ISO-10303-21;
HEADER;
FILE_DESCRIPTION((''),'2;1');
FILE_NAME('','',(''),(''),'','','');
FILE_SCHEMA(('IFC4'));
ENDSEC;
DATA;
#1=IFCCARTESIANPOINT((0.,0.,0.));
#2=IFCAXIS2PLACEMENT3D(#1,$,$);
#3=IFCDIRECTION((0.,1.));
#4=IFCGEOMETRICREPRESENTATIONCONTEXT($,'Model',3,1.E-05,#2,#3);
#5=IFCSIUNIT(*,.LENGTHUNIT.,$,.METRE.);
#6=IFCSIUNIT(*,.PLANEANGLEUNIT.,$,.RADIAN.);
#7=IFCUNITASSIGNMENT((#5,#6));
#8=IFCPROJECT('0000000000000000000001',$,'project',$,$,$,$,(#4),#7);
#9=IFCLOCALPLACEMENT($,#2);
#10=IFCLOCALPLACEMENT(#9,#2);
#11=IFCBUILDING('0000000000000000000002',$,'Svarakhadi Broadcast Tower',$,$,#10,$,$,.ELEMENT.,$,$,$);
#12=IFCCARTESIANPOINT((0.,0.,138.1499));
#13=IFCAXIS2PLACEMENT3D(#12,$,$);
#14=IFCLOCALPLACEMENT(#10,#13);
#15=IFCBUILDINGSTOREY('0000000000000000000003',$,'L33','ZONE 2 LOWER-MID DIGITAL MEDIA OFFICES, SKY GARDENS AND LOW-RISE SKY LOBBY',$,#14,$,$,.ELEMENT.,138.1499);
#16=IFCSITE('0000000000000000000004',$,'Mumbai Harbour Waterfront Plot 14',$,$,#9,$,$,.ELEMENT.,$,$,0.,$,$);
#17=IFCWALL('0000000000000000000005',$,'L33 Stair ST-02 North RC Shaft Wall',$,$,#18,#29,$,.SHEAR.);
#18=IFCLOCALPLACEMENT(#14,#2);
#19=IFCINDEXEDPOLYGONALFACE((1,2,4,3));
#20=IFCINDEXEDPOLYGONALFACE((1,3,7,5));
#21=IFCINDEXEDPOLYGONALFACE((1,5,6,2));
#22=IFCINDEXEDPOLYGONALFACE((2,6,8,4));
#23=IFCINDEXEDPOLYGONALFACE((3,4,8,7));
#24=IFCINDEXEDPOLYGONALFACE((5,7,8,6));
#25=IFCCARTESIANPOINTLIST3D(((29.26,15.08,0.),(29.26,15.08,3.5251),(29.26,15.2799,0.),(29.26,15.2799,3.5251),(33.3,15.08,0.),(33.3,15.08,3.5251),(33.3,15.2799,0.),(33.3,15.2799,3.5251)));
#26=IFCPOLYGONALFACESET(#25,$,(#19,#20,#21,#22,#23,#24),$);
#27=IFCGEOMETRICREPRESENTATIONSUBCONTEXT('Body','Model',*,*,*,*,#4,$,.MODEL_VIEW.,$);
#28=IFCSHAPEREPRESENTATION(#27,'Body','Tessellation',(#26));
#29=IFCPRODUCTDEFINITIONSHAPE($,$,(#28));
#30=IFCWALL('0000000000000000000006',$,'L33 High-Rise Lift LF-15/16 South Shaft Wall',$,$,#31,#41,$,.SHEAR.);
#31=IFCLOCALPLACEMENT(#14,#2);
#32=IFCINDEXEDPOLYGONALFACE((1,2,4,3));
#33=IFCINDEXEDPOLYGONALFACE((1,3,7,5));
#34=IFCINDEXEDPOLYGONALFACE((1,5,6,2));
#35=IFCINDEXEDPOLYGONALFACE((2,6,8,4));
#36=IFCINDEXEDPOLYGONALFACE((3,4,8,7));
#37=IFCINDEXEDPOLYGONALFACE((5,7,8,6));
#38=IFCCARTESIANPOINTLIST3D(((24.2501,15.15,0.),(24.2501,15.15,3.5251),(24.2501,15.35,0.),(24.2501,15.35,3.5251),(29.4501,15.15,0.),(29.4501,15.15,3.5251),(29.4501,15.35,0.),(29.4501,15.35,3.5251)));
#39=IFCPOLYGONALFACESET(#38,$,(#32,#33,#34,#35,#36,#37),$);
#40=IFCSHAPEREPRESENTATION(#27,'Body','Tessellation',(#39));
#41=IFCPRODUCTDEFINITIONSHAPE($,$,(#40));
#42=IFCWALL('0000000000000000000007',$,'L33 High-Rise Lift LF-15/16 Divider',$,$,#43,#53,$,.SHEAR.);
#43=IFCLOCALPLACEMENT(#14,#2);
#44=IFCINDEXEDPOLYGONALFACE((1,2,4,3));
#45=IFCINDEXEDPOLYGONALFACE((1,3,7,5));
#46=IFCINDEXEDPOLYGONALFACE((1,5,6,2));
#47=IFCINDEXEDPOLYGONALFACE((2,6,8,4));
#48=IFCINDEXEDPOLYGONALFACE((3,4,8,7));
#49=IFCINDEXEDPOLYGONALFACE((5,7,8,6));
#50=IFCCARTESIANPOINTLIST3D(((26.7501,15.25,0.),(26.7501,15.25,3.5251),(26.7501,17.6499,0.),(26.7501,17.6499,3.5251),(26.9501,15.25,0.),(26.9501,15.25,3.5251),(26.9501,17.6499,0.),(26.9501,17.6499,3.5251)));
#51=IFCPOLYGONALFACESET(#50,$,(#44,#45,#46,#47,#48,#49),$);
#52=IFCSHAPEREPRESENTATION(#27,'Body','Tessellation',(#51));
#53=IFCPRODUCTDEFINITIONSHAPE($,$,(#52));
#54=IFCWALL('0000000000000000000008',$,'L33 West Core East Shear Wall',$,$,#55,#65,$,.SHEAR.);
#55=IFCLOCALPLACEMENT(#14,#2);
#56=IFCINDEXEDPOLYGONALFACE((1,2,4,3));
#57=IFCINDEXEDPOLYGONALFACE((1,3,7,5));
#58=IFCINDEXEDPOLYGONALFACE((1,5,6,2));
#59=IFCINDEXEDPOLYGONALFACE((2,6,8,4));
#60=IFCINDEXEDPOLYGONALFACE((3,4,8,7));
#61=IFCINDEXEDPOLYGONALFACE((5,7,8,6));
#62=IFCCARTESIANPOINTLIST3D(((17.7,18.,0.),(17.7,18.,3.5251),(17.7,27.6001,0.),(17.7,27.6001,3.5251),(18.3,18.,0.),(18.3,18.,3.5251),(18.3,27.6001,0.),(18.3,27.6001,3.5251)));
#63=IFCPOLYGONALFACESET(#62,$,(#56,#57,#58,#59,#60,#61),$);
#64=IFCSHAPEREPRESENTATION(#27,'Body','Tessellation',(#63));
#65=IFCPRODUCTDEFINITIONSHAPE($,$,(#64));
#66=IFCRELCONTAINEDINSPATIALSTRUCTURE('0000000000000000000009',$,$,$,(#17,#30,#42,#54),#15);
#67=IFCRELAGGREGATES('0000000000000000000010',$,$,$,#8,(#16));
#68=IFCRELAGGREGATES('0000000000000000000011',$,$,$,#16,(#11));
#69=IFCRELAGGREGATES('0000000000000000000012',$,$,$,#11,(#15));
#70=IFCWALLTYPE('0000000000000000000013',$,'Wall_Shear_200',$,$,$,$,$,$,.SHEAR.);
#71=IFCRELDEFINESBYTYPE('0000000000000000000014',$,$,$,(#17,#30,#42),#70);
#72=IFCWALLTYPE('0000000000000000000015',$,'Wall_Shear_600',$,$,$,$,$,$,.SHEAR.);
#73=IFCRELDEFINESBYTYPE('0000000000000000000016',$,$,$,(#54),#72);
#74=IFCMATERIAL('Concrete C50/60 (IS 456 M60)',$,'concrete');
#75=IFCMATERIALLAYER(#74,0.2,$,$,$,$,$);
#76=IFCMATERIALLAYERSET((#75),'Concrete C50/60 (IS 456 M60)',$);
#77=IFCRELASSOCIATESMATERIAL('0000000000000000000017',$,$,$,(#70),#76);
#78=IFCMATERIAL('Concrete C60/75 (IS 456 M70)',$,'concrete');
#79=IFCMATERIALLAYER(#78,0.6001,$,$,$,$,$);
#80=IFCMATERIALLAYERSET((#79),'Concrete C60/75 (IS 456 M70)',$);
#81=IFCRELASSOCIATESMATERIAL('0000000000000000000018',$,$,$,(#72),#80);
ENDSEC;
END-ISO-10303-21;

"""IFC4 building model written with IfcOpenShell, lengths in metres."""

from ifc_helpers import new_model, si_unit, direction, frame, frame_2d, origin, place, context, subcontext, project, spatial, rectangle, extrude, material, layer, layer_set, type_object, element, save


model = new_model("IFC4")

# Units and contexts
model_context = context("Model", 3, precision=1e-05, world=origin(), true_north=direction((0.0, 1.0)))
body_context = subcontext(model_context, "Body", "Model", "MODEL_VIEW")
ifc_project = project(units=[si_unit("LENGTHUNIT", "METRE"), si_unit("PLANEANGLEUNIT", "RADIAN")], contexts=[model_context])

# Site, building, storey
site_placement = place(None, origin())
site = spatial("IfcSite", under=ifc_project, at=site_placement, Name="Mumbai Harbour Waterfront Plot 14", CompositionType="ELEMENT", RefElevation=0.0)
building_placement = place(site_placement, origin())
building = spatial("IfcBuilding", under=site, at=building_placement, Name="Svarakhadi Broadcast Tower", CompositionType="ELEMENT")
storey_placement = place(building_placement, frame((0.0, 0.0, 138.1499)))
storey = spatial("IfcBuildingStorey", under=building, at=storey_placement, Name="L33", Description="ZONE 2 LOWER-MID DIGITAL MEDIA OFFICES, SKY GARDENS AND LOW-RISE SKY LOBBY", CompositionType="ELEMENT", Elevation=138.1499)

# Shared definitions
ifc_material_1 = material(Name="Concrete C50/60 (IS 456 M60)", Category="concrete")

# Wall
ifc_layer_1 = layer(ifc_material_1, 0.2)
ifc_layer_set_1 = layer_set([ifc_layer_1], Name="Concrete C50/60 (IS 456 M60)")
wall_type_1 = type_object("IfcWallType", Name="Wall_Shear_200", PredefinedType="SHEAR", material=ifc_layer_set_1)
wall_1_placement = place(storey_placement, frame((29.26, 15.1799, 0.0), z_axis=(0.0, 0.0, 1.0), x_axis=(1.0, 0.0, 0.0)))
element("IfcWall", 1, at=wall_1_placement, inside=storey, type_object=wall_type_1, Name="L33 Stair ST-02 North RC Shaft Wall", PredefinedType="SHEAR", context=body_context, shape_type="SweptSolid", body=[
    extrude(rectangle(XDim=4.04, YDim=0.2, at=frame_2d((2.02, 0.0))), origin(), (0.0, 0.0, 1.0), 3.5251),
])

# Walls
wall_2_placement = place(storey_placement, frame((24.25, 15.25, 0.0), z_axis=(0.0, 0.0, 1.0), x_axis=(1.0, 0.0, 0.0)))
element("IfcWall", 2, at=wall_2_placement, inside=storey, type_object=wall_type_1, Name="L33 High-Rise Lift LF-15/16 South Shaft Wall", PredefinedType="SHEAR", context=body_context, shape_type="SweptSolid", body=[
    extrude(rectangle(XDim=5.2, YDim=0.2, at=frame_2d((2.6001, 0.0))), origin(), (0.0, 0.0, 1.0), 3.5251),
])
wall_3_placement = place(storey_placement, frame((26.8501, 15.25, 0.0), z_axis=(0.0, 0.0, 1.0), x_axis=(0.0, 1.0, 0.0)))
element("IfcWall", 3, at=wall_3_placement, inside=storey, type_object=wall_type_1, Name="L33 High-Rise Lift LF-15/16 Divider", PredefinedType="SHEAR", context=body_context, shape_type="SweptSolid", body=[
    extrude(rectangle(XDim=2.3999, YDim=0.2, at=frame_2d((1.2, 0.0))), origin(), (0.0, 0.0, 1.0), 3.5251),
])
ifc_material_2 = material(Name="Concrete C60/75 (IS 456 M70)", Category="concrete")
ifc_layer_2 = layer(ifc_material_2, 0.6001)
ifc_layer_set_2 = layer_set([ifc_layer_2], Name="Concrete C60/75 (IS 456 M70)")
wall_type_2 = type_object("IfcWallType", Name="Wall_Shear_600", PredefinedType="SHEAR", material=ifc_layer_set_2)
wall_4_placement = place(storey_placement, frame((18.0, 18.0, 0.0), z_axis=(0.0, 0.0, 1.0), x_axis=(0.0, 1.0, 0.0)))
element("IfcWall", 4, at=wall_4_placement, inside=storey, type_object=wall_type_2, Name="L33 West Core East Shear Wall", PredefinedType="SHEAR", context=body_context, shape_type="SweptSolid", body=[
    extrude(rectangle(XDim=9.6001, YDim=0.6001, at=frame_2d((4.8, 0.0))), origin(), (0.0, 0.0, 1.0), 3.5251),
])

save(model, "model.ifc")
